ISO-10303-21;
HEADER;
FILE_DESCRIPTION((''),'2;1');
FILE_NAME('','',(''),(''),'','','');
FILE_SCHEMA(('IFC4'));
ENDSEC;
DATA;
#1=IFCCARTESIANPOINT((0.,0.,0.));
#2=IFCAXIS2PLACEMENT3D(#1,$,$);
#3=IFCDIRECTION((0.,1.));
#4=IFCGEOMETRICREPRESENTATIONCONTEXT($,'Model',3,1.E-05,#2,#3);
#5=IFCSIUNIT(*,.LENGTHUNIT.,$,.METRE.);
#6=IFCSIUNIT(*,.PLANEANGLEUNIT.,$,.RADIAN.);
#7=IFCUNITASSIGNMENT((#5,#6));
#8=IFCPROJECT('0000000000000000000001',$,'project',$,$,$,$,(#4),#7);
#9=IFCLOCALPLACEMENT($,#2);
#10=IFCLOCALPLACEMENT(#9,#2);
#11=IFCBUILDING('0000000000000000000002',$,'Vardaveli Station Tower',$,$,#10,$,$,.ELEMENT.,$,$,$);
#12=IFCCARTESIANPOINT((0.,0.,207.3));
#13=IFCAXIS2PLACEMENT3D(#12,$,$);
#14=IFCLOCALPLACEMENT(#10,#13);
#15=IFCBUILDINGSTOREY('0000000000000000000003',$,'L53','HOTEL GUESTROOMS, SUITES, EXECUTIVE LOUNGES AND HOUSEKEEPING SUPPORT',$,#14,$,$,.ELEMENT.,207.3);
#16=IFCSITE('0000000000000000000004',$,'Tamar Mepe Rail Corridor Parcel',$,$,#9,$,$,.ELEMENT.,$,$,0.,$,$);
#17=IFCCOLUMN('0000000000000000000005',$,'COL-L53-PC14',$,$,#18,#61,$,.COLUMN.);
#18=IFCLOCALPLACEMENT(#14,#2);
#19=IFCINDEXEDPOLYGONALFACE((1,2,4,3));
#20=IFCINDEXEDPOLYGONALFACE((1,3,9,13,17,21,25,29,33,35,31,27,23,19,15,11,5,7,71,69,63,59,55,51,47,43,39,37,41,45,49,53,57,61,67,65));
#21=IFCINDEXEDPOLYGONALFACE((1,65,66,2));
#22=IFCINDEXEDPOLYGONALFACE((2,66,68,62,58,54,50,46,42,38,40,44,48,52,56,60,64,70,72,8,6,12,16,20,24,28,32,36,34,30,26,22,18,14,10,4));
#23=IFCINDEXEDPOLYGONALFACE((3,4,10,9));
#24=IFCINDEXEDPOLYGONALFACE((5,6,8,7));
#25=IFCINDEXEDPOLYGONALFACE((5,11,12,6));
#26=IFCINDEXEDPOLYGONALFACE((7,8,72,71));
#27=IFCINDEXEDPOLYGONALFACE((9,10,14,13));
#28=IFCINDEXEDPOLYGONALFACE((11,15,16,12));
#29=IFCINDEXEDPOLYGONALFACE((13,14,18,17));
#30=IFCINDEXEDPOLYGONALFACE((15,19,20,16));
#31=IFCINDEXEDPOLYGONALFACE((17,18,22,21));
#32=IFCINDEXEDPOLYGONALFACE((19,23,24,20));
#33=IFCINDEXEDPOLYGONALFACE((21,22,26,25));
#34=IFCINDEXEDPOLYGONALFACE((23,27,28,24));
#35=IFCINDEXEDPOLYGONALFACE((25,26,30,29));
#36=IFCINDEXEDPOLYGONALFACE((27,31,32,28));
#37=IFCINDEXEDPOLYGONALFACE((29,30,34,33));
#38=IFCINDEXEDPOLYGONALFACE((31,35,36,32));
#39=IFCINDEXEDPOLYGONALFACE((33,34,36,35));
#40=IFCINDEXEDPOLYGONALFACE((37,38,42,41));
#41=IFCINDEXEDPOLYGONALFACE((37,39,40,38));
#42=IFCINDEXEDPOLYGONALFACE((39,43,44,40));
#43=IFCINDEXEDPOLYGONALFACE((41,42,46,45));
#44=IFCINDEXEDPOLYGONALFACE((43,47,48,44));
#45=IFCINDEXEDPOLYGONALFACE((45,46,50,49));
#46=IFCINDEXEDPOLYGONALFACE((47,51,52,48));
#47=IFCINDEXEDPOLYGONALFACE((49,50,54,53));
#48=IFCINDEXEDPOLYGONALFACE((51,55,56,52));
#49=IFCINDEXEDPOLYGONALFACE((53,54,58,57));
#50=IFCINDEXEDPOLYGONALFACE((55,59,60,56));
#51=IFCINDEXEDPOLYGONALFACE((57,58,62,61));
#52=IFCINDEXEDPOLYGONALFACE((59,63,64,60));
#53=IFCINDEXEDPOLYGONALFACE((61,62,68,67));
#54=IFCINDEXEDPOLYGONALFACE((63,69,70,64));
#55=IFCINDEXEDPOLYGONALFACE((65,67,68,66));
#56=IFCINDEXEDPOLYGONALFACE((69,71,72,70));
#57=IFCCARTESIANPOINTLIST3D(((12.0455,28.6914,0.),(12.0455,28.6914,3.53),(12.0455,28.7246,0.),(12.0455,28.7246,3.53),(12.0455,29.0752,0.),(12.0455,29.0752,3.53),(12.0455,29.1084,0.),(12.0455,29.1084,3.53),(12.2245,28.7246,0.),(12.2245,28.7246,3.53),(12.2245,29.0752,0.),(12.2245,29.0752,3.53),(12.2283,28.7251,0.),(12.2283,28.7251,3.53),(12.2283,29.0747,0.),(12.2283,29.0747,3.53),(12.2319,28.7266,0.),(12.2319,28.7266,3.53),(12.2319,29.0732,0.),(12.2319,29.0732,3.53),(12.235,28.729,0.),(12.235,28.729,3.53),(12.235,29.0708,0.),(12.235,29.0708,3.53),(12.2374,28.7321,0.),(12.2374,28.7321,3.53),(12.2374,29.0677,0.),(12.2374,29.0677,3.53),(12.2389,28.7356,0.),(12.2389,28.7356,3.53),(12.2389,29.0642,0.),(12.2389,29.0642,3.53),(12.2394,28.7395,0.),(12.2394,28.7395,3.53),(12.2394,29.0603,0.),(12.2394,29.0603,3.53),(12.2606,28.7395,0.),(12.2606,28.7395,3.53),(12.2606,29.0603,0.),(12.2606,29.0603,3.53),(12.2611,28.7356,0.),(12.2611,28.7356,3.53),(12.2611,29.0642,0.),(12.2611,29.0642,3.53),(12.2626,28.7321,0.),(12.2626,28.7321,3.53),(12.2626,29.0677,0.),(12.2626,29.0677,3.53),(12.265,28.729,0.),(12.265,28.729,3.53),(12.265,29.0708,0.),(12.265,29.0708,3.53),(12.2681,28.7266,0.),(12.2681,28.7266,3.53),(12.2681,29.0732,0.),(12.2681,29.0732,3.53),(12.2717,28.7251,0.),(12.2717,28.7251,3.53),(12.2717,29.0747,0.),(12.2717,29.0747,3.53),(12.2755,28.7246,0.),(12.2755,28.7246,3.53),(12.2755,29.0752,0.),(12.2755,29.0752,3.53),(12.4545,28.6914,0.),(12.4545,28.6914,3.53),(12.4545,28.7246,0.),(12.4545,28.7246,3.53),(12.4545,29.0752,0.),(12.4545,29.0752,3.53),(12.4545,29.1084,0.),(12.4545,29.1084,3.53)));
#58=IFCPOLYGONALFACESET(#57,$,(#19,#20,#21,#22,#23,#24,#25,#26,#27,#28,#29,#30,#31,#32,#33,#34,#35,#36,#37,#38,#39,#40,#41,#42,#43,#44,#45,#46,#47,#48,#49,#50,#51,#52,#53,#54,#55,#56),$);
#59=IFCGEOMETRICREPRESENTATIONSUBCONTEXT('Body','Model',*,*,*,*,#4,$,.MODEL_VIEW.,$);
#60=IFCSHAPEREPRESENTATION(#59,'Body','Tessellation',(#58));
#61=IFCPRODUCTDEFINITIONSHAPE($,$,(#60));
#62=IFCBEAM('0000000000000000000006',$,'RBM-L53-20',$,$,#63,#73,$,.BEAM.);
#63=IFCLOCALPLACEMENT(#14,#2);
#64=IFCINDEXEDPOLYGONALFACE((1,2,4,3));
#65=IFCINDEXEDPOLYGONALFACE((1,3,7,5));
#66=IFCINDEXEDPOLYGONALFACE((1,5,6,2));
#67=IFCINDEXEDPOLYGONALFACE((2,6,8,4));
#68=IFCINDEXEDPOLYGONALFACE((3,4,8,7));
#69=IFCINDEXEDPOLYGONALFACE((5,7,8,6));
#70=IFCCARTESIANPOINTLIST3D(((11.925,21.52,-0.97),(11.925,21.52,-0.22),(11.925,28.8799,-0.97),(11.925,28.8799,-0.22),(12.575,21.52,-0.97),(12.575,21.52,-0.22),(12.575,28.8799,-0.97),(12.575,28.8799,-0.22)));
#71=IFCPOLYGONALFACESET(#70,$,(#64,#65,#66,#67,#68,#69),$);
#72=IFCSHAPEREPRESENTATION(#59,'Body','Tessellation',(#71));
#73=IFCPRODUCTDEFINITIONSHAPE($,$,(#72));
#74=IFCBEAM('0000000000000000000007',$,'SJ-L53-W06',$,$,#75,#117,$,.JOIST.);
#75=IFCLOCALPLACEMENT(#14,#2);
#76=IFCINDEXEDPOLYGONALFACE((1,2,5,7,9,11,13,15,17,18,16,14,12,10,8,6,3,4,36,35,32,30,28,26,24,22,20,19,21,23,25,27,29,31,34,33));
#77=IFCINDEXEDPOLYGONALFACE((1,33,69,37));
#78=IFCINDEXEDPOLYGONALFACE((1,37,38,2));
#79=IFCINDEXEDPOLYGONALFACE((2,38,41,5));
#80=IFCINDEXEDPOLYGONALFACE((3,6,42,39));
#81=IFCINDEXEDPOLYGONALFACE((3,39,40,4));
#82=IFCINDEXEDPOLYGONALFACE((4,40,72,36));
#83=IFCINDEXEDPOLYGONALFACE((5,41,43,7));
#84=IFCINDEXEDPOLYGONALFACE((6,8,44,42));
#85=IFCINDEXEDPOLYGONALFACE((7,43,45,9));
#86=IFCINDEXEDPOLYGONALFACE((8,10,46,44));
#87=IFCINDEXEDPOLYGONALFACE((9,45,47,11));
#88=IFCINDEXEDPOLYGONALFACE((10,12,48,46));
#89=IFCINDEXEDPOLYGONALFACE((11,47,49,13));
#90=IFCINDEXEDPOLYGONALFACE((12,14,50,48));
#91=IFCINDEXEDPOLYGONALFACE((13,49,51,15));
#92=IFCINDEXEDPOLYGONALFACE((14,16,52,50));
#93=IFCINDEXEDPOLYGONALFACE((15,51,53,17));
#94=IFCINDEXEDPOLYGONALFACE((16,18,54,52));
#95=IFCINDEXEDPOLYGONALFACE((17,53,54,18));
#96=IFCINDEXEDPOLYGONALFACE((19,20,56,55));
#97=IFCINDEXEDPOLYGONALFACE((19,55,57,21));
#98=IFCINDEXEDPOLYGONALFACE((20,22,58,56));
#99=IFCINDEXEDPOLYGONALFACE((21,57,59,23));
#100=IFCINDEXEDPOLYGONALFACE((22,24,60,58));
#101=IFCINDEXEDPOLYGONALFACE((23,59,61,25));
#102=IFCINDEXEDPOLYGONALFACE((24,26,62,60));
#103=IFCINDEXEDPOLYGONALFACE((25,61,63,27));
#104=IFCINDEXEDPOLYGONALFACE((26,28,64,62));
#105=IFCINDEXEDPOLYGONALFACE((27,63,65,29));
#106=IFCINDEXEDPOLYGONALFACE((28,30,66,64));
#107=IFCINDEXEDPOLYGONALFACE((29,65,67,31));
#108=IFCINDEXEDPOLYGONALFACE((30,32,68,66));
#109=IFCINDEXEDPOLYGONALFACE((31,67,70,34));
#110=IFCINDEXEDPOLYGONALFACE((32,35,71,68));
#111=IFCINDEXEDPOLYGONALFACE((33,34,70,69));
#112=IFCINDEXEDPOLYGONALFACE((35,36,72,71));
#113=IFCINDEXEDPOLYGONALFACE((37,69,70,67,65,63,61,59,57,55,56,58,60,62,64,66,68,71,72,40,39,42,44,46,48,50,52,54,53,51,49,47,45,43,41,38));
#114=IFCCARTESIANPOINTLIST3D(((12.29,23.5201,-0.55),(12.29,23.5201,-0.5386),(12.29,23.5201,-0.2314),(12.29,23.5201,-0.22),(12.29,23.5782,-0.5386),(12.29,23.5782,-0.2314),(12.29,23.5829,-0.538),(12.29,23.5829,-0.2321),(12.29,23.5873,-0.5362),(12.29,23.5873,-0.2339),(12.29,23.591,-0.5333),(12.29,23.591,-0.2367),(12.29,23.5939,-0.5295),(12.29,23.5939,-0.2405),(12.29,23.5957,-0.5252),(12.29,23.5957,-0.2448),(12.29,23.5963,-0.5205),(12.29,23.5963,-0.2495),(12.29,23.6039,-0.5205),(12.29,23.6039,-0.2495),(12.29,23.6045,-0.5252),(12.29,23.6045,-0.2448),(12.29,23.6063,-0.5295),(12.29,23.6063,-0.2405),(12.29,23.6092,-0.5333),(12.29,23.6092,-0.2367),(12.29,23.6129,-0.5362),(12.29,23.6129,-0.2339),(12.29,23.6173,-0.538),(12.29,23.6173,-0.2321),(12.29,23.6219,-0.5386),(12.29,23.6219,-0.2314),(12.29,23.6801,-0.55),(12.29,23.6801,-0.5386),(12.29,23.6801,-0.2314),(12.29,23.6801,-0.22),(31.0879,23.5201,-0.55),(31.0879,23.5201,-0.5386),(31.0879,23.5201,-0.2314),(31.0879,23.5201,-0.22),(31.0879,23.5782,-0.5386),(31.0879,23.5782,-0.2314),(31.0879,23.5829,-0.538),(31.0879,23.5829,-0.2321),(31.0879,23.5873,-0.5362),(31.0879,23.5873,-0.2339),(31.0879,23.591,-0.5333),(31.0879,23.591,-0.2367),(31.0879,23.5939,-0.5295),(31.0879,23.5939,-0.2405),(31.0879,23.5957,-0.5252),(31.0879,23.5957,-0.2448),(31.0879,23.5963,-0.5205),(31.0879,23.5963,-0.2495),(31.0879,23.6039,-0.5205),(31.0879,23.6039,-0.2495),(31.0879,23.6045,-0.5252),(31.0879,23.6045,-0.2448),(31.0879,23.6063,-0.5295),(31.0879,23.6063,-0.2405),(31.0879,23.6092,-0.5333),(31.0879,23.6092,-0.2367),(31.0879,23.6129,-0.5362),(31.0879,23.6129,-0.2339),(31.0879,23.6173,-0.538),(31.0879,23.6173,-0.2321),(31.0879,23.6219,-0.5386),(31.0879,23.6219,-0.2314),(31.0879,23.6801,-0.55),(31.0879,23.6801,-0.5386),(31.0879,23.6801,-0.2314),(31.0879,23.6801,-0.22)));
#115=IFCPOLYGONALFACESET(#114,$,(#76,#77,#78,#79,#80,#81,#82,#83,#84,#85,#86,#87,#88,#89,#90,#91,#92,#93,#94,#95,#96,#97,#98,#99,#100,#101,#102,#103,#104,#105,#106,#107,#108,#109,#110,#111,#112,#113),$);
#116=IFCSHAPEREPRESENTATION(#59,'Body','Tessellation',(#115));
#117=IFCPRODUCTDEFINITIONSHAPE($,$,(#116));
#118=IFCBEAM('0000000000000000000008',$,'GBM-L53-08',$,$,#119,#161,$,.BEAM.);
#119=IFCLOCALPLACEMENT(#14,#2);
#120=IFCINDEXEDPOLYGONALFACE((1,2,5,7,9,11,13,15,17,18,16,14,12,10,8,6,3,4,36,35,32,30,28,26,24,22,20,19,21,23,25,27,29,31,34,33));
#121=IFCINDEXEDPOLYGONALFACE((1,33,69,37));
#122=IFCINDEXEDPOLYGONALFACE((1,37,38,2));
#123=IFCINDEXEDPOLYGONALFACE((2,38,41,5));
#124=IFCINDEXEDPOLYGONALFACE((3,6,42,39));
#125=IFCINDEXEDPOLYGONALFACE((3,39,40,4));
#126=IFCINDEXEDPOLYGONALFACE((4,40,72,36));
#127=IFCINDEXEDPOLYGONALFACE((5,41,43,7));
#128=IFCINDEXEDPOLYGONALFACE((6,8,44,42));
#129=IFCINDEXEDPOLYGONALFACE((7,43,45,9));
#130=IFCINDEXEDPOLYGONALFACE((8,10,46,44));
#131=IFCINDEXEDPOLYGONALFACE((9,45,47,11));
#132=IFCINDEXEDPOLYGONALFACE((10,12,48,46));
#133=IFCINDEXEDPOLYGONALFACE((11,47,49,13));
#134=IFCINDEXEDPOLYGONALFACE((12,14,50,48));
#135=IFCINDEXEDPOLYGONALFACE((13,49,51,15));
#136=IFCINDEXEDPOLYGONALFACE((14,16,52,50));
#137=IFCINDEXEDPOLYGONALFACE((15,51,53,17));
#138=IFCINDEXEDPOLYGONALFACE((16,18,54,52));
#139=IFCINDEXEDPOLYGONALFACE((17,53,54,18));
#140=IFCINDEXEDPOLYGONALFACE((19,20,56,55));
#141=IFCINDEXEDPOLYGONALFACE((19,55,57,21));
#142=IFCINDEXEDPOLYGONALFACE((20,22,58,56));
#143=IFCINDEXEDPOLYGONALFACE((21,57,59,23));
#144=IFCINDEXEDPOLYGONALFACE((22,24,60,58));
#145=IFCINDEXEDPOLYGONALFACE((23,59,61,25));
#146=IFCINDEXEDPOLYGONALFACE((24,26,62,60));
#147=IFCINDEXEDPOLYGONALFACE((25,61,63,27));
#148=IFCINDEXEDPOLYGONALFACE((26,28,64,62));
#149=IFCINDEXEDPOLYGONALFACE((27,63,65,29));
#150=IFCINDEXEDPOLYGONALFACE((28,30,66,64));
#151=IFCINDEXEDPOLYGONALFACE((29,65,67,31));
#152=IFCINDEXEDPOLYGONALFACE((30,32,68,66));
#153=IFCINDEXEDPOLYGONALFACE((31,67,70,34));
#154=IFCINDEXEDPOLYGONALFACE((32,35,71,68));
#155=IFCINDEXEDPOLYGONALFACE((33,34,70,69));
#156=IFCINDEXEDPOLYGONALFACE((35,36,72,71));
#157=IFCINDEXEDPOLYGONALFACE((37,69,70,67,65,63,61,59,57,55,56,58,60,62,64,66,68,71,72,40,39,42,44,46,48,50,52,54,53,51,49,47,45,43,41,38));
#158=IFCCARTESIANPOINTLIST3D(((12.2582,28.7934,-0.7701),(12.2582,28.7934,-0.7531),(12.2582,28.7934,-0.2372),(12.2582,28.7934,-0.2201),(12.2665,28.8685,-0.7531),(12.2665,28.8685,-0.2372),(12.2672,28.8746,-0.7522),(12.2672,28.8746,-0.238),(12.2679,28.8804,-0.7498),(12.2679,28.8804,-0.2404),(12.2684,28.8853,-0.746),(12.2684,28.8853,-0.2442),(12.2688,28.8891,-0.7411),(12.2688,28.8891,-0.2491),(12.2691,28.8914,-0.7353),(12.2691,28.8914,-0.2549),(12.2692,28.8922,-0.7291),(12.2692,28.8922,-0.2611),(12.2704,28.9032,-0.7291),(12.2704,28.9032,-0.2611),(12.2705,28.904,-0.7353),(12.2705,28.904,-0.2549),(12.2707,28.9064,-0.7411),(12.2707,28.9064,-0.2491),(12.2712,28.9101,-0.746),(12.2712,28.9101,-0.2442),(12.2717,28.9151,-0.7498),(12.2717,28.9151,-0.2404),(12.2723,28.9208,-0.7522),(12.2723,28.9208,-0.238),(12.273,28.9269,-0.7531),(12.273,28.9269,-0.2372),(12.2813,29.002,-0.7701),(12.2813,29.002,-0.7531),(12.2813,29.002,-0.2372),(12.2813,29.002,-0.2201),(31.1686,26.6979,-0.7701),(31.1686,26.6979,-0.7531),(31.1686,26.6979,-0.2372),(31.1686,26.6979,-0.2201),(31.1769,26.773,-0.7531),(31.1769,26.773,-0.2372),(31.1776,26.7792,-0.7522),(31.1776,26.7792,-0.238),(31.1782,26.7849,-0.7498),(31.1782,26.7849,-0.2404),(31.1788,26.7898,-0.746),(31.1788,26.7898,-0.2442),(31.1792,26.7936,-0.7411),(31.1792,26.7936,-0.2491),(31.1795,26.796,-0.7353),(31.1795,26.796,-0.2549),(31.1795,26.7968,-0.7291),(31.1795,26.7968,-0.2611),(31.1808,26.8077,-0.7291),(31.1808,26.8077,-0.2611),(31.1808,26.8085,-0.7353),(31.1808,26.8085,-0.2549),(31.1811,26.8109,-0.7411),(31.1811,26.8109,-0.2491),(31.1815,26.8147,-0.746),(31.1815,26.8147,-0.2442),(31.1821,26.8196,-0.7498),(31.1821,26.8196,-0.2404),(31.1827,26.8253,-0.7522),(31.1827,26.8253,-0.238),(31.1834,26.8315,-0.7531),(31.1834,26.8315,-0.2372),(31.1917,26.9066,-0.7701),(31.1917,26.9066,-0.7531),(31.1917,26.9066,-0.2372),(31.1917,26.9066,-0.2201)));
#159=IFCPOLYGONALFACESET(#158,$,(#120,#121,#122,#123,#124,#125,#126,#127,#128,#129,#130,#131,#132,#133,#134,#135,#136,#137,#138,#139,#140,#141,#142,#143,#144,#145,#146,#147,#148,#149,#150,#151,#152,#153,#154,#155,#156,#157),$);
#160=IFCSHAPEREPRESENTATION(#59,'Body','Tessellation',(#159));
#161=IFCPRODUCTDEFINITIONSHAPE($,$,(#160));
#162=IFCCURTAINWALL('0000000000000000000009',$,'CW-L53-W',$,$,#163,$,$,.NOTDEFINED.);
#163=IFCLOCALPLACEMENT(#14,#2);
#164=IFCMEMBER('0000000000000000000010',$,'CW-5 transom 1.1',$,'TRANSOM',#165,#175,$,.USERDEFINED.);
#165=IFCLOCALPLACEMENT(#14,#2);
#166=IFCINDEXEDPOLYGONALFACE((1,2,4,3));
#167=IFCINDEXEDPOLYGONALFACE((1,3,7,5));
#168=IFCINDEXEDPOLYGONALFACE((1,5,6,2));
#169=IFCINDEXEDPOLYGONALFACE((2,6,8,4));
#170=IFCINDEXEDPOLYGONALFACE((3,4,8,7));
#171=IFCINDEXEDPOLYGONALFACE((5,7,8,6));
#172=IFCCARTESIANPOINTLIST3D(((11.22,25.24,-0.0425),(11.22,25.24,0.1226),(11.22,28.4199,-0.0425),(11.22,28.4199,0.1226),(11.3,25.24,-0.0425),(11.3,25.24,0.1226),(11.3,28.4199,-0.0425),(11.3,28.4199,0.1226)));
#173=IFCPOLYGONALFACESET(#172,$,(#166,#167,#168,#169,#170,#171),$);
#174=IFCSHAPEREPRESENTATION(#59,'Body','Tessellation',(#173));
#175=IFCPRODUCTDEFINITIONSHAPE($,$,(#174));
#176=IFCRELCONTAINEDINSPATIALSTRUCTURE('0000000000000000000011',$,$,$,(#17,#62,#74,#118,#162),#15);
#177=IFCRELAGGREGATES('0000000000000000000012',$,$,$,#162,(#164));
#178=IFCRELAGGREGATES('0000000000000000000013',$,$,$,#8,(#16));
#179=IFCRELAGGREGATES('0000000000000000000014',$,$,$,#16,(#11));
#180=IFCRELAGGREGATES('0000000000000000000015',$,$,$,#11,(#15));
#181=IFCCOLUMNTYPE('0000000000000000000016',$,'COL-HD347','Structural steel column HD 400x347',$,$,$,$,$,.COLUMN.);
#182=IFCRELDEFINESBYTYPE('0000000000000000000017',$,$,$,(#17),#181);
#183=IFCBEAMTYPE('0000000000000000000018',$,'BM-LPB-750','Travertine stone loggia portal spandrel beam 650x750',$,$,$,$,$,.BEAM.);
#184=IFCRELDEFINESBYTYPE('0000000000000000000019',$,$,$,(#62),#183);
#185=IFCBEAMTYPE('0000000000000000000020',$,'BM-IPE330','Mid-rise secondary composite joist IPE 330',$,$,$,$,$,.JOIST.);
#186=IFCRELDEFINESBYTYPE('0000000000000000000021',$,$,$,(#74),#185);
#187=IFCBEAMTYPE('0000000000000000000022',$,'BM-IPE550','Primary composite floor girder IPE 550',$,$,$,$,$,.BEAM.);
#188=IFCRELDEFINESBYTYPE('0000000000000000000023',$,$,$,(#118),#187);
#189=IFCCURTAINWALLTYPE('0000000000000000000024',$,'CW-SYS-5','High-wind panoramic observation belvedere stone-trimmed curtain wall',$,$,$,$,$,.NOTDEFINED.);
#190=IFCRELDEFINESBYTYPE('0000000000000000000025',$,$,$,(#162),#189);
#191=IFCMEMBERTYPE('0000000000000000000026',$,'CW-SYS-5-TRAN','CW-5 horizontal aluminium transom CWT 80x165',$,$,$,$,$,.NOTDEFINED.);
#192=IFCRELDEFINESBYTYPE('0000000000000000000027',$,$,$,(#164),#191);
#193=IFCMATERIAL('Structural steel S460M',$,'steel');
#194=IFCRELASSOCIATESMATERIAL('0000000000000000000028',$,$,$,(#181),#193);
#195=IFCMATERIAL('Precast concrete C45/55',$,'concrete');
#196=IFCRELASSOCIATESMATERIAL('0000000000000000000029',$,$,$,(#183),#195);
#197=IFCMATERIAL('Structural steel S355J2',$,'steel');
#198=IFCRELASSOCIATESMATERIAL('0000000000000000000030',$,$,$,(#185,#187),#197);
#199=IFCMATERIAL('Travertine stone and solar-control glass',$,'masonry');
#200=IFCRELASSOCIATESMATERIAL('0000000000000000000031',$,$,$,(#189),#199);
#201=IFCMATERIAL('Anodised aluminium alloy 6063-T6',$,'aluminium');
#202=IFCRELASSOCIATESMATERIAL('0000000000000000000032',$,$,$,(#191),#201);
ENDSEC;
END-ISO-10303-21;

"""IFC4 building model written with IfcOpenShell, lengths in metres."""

from ifc_helpers import new_model, si_unit, direction, frame, origin, origin_2d, place, context, subcontext, project, spatial, rectangle, i_section, extrude, source, transform, mapped, material, material_profile, profile_set, type_object, element, aggregate, save


model = new_model("IFC4")

# Units and contexts
model_context = context("Model", 3, precision=1e-05, world=origin(), true_north=direction((0.0, 1.0)))
body_context = subcontext(model_context, "Body", "Model", "MODEL_VIEW")
ifc_project = project(units=[si_unit("LENGTHUNIT", "METRE"), si_unit("PLANEANGLEUNIT", "RADIAN")], contexts=[model_context])

# Site, building, storey
site_placement = place(None, origin())
site = spatial("IfcSite", under=ifc_project, at=site_placement, Name="Tamar Mepe Rail Corridor Parcel", CompositionType="ELEMENT", RefElevation=0.0)
building_placement = place(site_placement, origin())
building = spatial("IfcBuilding", under=site, at=building_placement, Name="Vardaveli Station Tower", CompositionType="ELEMENT")
storey_placement = place(building_placement, frame((0.0, 0.0, 207.3)))
storey = spatial("IfcBuildingStorey", under=building, at=storey_placement, Name="L53", Description="HOTEL GUESTROOMS, SUITES, EXECUTIVE LOUNGES AND HOUSEKEEPING SUPPORT", CompositionType="ELEMENT", Elevation=207.3)

# Column
ifc_material_1 = material(Name="Structural steel S460M", Category="steel")
ifc_material_profile_1 = material_profile(ifc_material_1, i_section(OverallWidth=0.4089, OverallDepth=0.417, WebThickness=0.0212, FlangeThickness=0.0332, FilletRadius=0.0149, at=origin_2d()), Name="HD 400x347")
ifc_profile_set_1 = profile_set([ifc_material_profile_1], Name="Structural steel S460M")
column_type = type_object("IfcColumnType", Name="COL-HD347", Description="Structural steel column HD 400x347", PredefinedType="COLUMN", material=ifc_profile_set_1)
shared_shape_1 = source(origin(), body_context, "Body", "SweptSolid", [
    extrude(i_section(OverallWidth=0.4089, OverallDepth=0.417, WebThickness=0.0212, FlangeThickness=0.0332, FilletRadius=0.0149, at=origin_2d()), origin(), (0.0, 0.0, 1.0), 3.53),
])
column_placement = place(storey_placement, frame((12.25, 28.8999, 0.0), z_axis=(0.0, 0.0, 1.0), x_axis=(1.0, 0.0, 0.0)))
element("IfcColumn", 1, at=column_placement, inside=storey, type_object=column_type, Name="COL-L53-PC14", PredefinedType="COLUMN", context=body_context, shape_type="MappedRepresentation", body=[
    mapped(shared_shape_1, transform((0.0, 0.0, 0.0), scale=1.0)),
])

# Beams
ifc_material_2 = material(Name="Precast concrete C45/55", Category="concrete")
ifc_material_profile_2 = material_profile(ifc_material_2, rectangle(XDim=0.6499, YDim=0.75, at=origin_2d()), Name="LPB 650x750")
ifc_profile_set_2 = profile_set([ifc_material_profile_2], Name="Precast concrete C45/55")
beam_type_1 = type_object("IfcBeamType", Name="BM-LPB-750", Description="Travertine stone loggia portal spandrel beam 650x750", PredefinedType="BEAM", material=ifc_profile_set_2)
shared_shape_2 = source(origin(), body_context, "Body", "SweptSolid", [
    extrude(rectangle(XDim=0.6499, YDim=0.75, at=origin_2d()), origin(), (0.0, 0.0, 1.0), 7.3599),
])
beam_1_placement = place(storey_placement, frame((12.25, 28.8799, -0.595), z_axis=(0.0, -1.0, 0.0), x_axis=(1.0, 0.0, 0.0)))
element("IfcBeam", 2, at=beam_1_placement, inside=storey, type_object=beam_type_1, Name="RBM-L53-20", PredefinedType="BEAM", context=body_context, shape_type="MappedRepresentation", body=[
    mapped(shared_shape_2, transform((0.0, 0.0, 0.0), scale=1.0)),
])
ifc_material_3 = material(Name="Structural steel S355J2", Category="steel")
ifc_material_profile_3 = material_profile(ifc_material_3, i_section(OverallWidth=0.1599, OverallDepth=0.3301, WebThickness=0.0076, FlangeThickness=0.0115, FilletRadius=0.0181, at=origin_2d()), Name="IPE 330")
ifc_profile_set_3 = profile_set([ifc_material_profile_3], Name="Structural steel S355J2")
beam_type_2 = type_object("IfcBeamType", Name="BM-IPE330", Description="Mid-rise secondary composite joist IPE 330", PredefinedType="JOIST", material=ifc_profile_set_3)
shared_shape_3 = source(origin(), body_context, "Body", "SweptSolid", [
    extrude(i_section(OverallWidth=0.1599, OverallDepth=0.3301, WebThickness=0.0076, FlangeThickness=0.0115, FilletRadius=0.0181, at=origin_2d()), origin(), (0.0, 0.0, 1.0), 18.7979),
])
beam_2_placement = place(storey_placement, frame((12.29, 23.6001, -0.385), z_axis=(1.0, 0.0, 0.0), x_axis=(0.0, 1.0, 0.0)))
element("IfcBeam", 3, at=beam_2_placement, inside=storey, type_object=beam_type_2, Name="SJ-L53-W06", PredefinedType="JOIST", context=body_context, shape_type="MappedRepresentation", body=[
    mapped(shared_shape_3, transform((0.0, 0.0, 0.0), scale=1.0)),
])
ifc_material_profile_4 = material_profile(ifc_material_3, i_section(OverallWidth=0.21, OverallDepth=0.55, WebThickness=0.011, FlangeThickness=0.0171, FilletRadius=0.0239, at=origin_2d()), Name="IPE 550")
ifc_profile_set_4 = profile_set([ifc_material_profile_4], Name="Structural steel S355J2")
beam_type_3 = type_object("IfcBeamType", Name="BM-IPE550", Description="Primary composite floor girder IPE 550", PredefinedType="BEAM", material=ifc_profile_set_4)
shared_shape_4 = source(origin(), body_context, "Body", "SweptSolid", [
    extrude(i_section(OverallWidth=0.21, OverallDepth=0.55, WebThickness=0.011, FlangeThickness=0.0171, FilletRadius=0.0239, at=origin_2d()), origin(), (0.0, 0.0, 1.0), 19.0261),
])
beam_3_placement = place(storey_placement, frame((12.2698, 28.8977, -0.4951), z_axis=(0.993917, -0.110136, 0.0), x_axis=(0.110136, 0.993917, 0.0)))
element("IfcBeam", 4, at=beam_3_placement, inside=storey, type_object=beam_type_3, Name="GBM-L53-08", PredefinedType="BEAM", context=body_context, shape_type="MappedRepresentation", body=[
    mapped(shared_shape_4, transform((0.0, 0.0, 0.0), scale=1.0)),
])

# Curtain wall, member
ifc_material_4 = material(Name="Travertine stone and solar-control glass", Category="masonry")
curtain_wall_type = type_object("IfcCurtainWallType", Name="CW-SYS-5", Description="High-wind panoramic observation belvedere stone-trimmed curtain wall", PredefinedType="NOTDEFINED", material=ifc_material_4)
curtain_wall_placement = place(storey_placement, origin())
curtain_wall = element("IfcCurtainWall", 5, at=curtain_wall_placement, inside=storey, type_object=curtain_wall_type, Name="CW-L53-W", PredefinedType="NOTDEFINED")
ifc_material_5 = material(Name="Anodised aluminium alloy 6063-T6", Category="aluminium")
ifc_material_profile_5 = material_profile(ifc_material_5, rectangle(XDim=0.0801, YDim=0.165, at=origin_2d()), Name="CWT 80x165")
ifc_profile_set_5 = profile_set([ifc_material_profile_5], Name="Anodised aluminium alloy 6063-T6")
member_type_1 = type_object("IfcMemberType", Name="CW-SYS-5-TRAN", Description="CW-5 horizontal aluminium transom CWT 80x165", PredefinedType="NOTDEFINED", material=ifc_profile_set_5)
shared_shape_5 = source(origin(), body_context, "Body", "SweptSolid", [
    extrude(rectangle(XDim=0.0801, YDim=0.165, at=origin_2d()), origin(), (0.0, 0.0, 1.0), 3.1799),
])
member_1_placement = place(storey_placement, frame((11.26, 28.4199, 0.04), z_axis=(0.0, -1.0, 0.0), x_axis=(1.0, 0.0, 0.0)))
member_1 = element("IfcMember", 6, at=member_1_placement, type_object=member_type_1, Name="CW-5 transom 1.1", ObjectType="TRANSOM", PredefinedType="USERDEFINED", context=body_context, shape_type="MappedRepresentation", body=[
    mapped(shared_shape_5, transform((0.0, 0.0, 0.0), scale=1.0)),
])
aggregate(curtain_wall, [member_1])

save(model, "model.ifc")
